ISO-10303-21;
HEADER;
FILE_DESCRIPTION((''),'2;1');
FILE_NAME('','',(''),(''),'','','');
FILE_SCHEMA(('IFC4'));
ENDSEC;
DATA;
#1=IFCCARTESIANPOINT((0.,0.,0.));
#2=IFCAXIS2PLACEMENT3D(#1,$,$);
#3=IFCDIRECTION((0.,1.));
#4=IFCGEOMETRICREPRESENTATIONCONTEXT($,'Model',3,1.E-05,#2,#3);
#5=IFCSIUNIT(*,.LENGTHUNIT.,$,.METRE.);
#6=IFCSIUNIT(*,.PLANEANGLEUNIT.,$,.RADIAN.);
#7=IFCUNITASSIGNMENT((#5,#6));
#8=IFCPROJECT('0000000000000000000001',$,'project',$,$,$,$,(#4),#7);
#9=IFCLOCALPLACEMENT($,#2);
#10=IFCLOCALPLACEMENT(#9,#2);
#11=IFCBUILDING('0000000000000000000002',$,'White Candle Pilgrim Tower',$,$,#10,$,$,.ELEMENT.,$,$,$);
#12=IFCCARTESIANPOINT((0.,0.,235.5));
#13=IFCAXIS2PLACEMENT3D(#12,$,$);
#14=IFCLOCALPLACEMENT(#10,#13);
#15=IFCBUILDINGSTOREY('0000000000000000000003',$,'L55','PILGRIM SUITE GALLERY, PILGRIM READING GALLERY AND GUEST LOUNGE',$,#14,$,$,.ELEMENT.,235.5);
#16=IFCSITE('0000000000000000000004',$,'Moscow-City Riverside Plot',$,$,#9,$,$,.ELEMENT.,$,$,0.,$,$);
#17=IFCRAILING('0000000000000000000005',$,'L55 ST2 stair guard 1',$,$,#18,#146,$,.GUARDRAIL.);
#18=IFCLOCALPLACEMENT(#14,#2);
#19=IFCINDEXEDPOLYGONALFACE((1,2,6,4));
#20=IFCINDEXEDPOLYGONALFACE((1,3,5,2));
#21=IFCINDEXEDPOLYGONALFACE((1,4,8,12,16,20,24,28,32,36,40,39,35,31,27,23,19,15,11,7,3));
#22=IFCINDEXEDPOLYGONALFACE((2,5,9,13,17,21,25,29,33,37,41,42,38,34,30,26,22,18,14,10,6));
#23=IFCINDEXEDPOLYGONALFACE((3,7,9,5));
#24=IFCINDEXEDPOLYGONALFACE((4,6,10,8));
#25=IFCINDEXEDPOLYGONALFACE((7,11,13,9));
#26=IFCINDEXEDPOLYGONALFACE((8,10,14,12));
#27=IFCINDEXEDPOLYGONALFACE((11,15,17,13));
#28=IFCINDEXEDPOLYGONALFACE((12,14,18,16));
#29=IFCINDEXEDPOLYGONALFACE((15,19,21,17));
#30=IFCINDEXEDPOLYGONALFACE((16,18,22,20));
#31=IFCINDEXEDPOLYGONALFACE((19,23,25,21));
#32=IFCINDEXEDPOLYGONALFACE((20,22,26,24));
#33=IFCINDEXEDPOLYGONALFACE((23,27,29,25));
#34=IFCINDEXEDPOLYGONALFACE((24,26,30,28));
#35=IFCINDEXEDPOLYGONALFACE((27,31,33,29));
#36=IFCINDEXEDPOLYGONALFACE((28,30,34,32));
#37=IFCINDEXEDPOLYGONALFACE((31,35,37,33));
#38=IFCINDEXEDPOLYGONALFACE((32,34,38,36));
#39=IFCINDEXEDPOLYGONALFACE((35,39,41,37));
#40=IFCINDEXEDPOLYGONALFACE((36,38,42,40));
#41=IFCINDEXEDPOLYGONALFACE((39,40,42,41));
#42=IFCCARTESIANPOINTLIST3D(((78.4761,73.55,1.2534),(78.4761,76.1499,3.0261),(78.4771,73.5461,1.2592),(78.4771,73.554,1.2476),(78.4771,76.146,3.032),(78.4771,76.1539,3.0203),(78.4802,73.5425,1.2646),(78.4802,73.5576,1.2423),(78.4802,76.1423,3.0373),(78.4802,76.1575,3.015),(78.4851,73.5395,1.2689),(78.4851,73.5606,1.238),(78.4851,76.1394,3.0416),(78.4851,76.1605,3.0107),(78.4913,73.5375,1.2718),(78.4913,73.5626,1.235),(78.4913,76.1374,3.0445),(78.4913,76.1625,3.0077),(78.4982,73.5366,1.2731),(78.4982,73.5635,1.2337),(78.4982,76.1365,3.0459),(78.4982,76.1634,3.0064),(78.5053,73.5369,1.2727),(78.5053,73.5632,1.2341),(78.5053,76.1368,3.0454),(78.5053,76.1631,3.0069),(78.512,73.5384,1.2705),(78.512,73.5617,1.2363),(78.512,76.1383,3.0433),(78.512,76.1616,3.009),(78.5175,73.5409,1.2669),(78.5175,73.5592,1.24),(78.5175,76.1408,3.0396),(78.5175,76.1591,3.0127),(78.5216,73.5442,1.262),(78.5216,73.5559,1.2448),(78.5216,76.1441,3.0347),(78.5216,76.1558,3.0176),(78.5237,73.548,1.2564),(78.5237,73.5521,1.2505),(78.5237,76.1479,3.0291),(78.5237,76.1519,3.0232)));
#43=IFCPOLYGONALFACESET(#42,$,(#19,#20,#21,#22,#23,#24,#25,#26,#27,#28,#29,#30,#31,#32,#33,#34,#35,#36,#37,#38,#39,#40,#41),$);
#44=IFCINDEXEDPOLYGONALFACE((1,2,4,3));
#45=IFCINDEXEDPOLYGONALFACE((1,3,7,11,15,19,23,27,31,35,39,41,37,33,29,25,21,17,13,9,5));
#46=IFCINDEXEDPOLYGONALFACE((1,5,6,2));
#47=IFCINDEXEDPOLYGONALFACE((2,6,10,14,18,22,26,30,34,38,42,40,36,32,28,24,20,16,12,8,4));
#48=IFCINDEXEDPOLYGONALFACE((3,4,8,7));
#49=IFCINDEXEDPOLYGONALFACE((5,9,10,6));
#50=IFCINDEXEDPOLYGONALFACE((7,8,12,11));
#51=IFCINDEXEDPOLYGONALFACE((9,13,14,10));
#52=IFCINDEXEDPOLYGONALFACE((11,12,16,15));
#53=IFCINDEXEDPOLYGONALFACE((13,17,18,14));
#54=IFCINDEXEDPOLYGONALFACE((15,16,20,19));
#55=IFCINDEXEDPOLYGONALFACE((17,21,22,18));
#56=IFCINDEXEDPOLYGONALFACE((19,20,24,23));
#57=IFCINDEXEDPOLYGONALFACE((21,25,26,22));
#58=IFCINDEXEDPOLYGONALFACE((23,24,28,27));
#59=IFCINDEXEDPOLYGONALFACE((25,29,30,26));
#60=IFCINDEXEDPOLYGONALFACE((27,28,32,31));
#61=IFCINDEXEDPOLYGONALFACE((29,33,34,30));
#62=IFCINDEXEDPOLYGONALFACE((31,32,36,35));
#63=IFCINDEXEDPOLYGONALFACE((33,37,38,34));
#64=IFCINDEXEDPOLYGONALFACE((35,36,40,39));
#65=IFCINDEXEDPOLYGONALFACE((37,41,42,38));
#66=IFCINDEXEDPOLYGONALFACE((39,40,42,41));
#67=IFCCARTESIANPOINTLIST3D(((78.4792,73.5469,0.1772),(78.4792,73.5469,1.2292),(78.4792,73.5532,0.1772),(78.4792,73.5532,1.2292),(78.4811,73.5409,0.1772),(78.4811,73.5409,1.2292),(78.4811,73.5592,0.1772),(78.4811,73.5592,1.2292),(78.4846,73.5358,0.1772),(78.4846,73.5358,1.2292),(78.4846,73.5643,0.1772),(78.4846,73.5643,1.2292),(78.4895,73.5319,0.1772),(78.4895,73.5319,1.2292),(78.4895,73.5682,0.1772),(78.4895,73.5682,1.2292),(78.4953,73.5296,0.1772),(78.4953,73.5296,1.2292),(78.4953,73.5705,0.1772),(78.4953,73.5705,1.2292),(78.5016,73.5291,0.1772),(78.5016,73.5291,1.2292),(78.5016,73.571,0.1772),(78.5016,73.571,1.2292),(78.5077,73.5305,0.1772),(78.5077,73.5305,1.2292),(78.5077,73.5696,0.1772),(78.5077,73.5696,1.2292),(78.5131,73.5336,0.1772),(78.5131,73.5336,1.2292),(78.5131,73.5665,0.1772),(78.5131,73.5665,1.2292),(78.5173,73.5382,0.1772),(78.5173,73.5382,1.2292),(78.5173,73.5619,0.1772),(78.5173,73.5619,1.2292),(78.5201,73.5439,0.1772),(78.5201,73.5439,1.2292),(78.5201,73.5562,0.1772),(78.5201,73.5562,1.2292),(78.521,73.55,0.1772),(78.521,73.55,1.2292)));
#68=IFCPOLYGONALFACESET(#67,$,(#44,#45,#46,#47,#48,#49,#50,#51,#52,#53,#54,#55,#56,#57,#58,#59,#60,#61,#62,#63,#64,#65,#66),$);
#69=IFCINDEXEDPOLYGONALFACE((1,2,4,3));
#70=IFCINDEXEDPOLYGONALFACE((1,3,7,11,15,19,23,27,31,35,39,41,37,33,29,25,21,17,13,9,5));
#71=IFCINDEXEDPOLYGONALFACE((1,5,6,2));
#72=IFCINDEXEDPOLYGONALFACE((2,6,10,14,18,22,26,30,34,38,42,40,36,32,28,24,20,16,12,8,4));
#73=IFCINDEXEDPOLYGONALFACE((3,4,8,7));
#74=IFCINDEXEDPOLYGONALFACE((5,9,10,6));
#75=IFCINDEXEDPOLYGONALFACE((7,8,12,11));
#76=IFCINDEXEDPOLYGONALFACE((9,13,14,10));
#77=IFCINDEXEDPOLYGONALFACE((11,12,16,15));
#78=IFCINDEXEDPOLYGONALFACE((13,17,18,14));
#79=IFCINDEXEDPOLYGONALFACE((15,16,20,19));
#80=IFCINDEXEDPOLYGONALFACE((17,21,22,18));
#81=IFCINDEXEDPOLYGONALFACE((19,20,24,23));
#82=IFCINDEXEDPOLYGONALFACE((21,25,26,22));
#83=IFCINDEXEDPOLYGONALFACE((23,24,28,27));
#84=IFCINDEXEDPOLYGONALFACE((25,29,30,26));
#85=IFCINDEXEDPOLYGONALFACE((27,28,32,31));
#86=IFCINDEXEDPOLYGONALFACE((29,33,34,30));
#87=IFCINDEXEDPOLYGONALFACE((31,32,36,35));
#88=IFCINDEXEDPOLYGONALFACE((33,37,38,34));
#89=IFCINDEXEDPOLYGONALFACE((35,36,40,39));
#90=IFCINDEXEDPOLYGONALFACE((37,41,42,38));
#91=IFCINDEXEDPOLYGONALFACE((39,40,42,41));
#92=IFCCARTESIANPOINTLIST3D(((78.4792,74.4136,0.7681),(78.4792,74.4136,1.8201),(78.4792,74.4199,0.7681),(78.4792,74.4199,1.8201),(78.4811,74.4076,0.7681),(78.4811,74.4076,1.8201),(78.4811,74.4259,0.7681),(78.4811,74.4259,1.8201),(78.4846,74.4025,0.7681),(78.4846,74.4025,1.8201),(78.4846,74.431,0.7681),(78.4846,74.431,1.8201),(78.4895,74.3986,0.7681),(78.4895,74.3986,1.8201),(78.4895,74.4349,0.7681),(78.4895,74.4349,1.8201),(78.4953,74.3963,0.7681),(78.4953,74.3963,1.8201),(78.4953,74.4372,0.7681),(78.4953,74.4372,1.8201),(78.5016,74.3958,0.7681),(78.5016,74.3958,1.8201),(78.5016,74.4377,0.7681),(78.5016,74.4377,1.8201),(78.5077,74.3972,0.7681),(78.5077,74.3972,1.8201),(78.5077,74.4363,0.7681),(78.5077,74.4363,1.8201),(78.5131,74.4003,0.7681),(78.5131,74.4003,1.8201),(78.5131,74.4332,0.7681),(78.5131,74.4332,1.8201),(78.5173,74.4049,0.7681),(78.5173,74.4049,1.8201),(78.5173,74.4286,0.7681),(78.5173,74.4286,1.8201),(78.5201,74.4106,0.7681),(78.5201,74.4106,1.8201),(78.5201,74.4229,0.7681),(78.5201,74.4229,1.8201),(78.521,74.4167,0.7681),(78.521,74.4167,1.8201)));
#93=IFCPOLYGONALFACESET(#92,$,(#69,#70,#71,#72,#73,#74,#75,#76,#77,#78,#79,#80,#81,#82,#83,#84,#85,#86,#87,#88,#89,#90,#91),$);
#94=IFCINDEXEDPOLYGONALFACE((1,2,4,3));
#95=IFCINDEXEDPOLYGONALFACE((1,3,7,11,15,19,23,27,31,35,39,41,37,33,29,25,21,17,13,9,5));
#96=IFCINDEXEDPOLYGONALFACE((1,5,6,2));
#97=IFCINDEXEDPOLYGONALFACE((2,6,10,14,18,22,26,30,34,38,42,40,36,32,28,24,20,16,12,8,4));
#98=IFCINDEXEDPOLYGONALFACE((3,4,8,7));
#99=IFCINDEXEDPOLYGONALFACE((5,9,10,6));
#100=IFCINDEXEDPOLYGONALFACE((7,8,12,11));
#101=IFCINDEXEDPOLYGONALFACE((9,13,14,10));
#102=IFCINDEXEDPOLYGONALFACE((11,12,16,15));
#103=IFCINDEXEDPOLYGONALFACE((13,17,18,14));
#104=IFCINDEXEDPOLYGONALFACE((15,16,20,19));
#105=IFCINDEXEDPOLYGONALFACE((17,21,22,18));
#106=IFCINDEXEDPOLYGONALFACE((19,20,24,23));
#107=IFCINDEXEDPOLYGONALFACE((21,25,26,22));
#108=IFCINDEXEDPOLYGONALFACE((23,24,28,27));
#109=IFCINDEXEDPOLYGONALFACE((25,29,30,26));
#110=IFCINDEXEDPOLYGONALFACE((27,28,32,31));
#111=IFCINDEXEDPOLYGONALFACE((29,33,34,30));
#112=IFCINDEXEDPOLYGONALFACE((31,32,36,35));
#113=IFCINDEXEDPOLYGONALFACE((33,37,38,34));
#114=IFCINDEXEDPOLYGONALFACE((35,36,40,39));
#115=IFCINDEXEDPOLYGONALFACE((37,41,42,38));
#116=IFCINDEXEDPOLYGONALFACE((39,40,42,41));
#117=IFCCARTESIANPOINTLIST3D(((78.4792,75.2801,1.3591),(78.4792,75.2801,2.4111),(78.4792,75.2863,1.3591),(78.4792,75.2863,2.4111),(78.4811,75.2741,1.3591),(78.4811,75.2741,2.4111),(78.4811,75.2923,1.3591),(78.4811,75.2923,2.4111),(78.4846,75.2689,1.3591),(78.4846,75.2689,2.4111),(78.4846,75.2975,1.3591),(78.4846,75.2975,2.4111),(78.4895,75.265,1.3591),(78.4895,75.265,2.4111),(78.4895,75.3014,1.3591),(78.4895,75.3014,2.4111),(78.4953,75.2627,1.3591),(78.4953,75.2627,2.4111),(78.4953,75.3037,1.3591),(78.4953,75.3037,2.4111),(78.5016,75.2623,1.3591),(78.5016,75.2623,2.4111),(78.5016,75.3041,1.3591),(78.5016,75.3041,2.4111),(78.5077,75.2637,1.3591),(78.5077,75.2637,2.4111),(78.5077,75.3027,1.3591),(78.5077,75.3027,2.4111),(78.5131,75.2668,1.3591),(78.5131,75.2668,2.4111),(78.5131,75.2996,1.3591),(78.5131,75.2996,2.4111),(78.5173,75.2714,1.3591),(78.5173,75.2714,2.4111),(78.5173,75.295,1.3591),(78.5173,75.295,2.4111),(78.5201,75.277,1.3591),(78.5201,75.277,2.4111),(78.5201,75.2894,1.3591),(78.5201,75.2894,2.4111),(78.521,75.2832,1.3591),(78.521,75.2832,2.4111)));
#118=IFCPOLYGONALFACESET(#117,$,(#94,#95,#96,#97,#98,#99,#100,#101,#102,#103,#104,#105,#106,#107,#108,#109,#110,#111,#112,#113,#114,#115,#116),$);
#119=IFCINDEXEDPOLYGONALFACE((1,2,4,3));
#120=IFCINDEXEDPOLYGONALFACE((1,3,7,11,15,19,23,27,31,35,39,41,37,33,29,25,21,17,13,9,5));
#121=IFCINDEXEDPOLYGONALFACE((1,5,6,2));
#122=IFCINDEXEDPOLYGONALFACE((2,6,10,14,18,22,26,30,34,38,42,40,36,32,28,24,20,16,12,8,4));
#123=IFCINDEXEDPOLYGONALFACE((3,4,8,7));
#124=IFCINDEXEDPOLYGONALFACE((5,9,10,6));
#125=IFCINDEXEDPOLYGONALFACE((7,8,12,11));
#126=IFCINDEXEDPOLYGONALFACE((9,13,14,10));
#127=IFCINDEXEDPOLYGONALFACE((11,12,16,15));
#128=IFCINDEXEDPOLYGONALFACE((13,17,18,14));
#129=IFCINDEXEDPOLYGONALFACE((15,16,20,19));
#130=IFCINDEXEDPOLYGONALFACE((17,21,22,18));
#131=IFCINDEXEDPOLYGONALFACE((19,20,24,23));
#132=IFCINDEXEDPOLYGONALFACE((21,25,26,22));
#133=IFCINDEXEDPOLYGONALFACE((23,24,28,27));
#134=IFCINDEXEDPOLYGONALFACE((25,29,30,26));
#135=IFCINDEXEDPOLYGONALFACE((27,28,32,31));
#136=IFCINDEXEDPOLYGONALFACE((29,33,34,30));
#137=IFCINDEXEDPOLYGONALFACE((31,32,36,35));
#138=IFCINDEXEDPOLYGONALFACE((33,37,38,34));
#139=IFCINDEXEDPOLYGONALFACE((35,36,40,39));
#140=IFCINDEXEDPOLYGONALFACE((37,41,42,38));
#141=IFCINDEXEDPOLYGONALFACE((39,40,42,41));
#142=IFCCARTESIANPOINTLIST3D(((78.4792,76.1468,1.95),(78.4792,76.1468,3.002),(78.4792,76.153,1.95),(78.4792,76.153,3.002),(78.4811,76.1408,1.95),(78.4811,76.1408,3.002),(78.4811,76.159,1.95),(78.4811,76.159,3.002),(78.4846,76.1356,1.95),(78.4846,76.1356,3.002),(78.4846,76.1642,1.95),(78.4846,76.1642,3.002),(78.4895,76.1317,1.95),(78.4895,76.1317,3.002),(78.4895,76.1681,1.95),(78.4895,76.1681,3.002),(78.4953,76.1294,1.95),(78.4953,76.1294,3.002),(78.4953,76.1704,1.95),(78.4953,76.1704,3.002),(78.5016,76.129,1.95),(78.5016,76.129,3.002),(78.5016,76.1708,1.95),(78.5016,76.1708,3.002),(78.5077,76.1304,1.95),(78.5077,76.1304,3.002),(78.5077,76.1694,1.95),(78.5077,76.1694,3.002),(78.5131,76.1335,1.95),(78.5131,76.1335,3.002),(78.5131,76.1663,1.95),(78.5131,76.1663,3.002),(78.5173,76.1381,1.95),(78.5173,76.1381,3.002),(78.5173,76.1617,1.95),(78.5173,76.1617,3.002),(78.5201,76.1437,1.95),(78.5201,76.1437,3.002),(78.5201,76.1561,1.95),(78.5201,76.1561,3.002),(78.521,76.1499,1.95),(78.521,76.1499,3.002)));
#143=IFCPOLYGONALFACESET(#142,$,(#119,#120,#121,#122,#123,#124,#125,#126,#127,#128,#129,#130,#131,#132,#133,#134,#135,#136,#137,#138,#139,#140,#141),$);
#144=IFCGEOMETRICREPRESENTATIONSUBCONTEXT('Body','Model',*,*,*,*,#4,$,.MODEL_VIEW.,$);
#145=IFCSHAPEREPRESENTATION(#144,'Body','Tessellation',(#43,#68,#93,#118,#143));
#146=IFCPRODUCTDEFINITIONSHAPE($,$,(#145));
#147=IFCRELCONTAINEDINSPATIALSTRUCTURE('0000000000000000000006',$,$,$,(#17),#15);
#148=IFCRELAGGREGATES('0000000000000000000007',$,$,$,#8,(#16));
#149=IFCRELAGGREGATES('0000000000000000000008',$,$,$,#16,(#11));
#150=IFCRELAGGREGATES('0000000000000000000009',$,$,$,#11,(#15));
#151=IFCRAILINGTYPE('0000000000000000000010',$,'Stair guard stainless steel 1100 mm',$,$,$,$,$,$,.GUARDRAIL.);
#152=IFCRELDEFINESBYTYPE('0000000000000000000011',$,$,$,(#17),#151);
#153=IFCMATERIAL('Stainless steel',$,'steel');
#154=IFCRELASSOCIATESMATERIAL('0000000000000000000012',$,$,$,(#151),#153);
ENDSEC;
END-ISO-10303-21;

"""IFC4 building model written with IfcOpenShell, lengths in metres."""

from ifc_helpers import new_model, si_unit, direction, frame, origin, origin_2d, place, context, subcontext, project, spatial, circle, extrude, material, type_object, element, save


model = new_model("IFC4")

# Units and contexts
model_context = context("Model", 3, precision=1e-05, world=origin(), true_north=direction((0.0, 1.0)))
body_context = subcontext(model_context, "Body", "Model", "MODEL_VIEW")
ifc_project = project(units=[si_unit("LENGTHUNIT", "METRE"), si_unit("PLANEANGLEUNIT", "RADIAN")], contexts=[model_context])

# Site, building, storey
site_placement = place(None, origin())
site = spatial("IfcSite", under=ifc_project, at=site_placement, Name="Moscow-City Riverside Plot", CompositionType="ELEMENT", RefElevation=0.0)
building_placement = place(site_placement, origin())
building = spatial("IfcBuilding", under=site, at=building_placement, Name="White Candle Pilgrim Tower", CompositionType="ELEMENT")
storey_placement = place(building_placement, frame((0.0, 0.0, 235.5)))
storey = spatial("IfcBuildingStorey", under=building, at=storey_placement, Name="L55", Description="PILGRIM SUITE GALLERY, PILGRIM READING GALLERY AND GUEST LOUNGE", CompositionType="ELEMENT", Elevation=235.5)

# Railing
ifc_material_1 = material(Name="Stainless steel", Category="steel")
railing_type_1 = type_object("IfcRailingType", Name="Stair guard stainless steel 1100 mm", PredefinedType="GUARDRAIL", material=ifc_material_1)
railing_1_placement = place(storey_placement, frame((78.5, 73.55, 0.1772)))
element("IfcRailing", 1, at=railing_1_placement, inside=storey, type_object=railing_type_1, Name="L55 ST2 stair guard 1", PredefinedType="GUARDRAIL", context=body_context, shape_type="SweptSolid", body=[
    extrude(circle(Radius=0.0239, at=origin_2d()), frame((0.0, 0.0, 1.0762), z_axis=(0.0, 0.826216, 0.563354), x_axis=(-1.0, 0.0, 0.0)), (0.0, 0.0, 1.0), 3.1467),
    extrude(circle(Radius=0.021, at=origin_2d()), origin(), (0.0, 0.0, 1.0), 1.052),
    extrude(circle(Radius=0.021, at=origin_2d()), frame((0.0, 0.8667, 0.5908)), (0.0, 0.0, 1.0), 1.052),
    extrude(circle(Radius=0.021, at=origin_2d()), frame((0.0, 1.7332, 1.1819)), (0.0, 0.0, 1.0), 1.052),
    extrude(circle(Radius=0.021, at=origin_2d()), frame((0.0, 2.5999, 1.7727)), (0.0, 0.0, 1.0), 1.052),
])

save(model, "model.ifc")
